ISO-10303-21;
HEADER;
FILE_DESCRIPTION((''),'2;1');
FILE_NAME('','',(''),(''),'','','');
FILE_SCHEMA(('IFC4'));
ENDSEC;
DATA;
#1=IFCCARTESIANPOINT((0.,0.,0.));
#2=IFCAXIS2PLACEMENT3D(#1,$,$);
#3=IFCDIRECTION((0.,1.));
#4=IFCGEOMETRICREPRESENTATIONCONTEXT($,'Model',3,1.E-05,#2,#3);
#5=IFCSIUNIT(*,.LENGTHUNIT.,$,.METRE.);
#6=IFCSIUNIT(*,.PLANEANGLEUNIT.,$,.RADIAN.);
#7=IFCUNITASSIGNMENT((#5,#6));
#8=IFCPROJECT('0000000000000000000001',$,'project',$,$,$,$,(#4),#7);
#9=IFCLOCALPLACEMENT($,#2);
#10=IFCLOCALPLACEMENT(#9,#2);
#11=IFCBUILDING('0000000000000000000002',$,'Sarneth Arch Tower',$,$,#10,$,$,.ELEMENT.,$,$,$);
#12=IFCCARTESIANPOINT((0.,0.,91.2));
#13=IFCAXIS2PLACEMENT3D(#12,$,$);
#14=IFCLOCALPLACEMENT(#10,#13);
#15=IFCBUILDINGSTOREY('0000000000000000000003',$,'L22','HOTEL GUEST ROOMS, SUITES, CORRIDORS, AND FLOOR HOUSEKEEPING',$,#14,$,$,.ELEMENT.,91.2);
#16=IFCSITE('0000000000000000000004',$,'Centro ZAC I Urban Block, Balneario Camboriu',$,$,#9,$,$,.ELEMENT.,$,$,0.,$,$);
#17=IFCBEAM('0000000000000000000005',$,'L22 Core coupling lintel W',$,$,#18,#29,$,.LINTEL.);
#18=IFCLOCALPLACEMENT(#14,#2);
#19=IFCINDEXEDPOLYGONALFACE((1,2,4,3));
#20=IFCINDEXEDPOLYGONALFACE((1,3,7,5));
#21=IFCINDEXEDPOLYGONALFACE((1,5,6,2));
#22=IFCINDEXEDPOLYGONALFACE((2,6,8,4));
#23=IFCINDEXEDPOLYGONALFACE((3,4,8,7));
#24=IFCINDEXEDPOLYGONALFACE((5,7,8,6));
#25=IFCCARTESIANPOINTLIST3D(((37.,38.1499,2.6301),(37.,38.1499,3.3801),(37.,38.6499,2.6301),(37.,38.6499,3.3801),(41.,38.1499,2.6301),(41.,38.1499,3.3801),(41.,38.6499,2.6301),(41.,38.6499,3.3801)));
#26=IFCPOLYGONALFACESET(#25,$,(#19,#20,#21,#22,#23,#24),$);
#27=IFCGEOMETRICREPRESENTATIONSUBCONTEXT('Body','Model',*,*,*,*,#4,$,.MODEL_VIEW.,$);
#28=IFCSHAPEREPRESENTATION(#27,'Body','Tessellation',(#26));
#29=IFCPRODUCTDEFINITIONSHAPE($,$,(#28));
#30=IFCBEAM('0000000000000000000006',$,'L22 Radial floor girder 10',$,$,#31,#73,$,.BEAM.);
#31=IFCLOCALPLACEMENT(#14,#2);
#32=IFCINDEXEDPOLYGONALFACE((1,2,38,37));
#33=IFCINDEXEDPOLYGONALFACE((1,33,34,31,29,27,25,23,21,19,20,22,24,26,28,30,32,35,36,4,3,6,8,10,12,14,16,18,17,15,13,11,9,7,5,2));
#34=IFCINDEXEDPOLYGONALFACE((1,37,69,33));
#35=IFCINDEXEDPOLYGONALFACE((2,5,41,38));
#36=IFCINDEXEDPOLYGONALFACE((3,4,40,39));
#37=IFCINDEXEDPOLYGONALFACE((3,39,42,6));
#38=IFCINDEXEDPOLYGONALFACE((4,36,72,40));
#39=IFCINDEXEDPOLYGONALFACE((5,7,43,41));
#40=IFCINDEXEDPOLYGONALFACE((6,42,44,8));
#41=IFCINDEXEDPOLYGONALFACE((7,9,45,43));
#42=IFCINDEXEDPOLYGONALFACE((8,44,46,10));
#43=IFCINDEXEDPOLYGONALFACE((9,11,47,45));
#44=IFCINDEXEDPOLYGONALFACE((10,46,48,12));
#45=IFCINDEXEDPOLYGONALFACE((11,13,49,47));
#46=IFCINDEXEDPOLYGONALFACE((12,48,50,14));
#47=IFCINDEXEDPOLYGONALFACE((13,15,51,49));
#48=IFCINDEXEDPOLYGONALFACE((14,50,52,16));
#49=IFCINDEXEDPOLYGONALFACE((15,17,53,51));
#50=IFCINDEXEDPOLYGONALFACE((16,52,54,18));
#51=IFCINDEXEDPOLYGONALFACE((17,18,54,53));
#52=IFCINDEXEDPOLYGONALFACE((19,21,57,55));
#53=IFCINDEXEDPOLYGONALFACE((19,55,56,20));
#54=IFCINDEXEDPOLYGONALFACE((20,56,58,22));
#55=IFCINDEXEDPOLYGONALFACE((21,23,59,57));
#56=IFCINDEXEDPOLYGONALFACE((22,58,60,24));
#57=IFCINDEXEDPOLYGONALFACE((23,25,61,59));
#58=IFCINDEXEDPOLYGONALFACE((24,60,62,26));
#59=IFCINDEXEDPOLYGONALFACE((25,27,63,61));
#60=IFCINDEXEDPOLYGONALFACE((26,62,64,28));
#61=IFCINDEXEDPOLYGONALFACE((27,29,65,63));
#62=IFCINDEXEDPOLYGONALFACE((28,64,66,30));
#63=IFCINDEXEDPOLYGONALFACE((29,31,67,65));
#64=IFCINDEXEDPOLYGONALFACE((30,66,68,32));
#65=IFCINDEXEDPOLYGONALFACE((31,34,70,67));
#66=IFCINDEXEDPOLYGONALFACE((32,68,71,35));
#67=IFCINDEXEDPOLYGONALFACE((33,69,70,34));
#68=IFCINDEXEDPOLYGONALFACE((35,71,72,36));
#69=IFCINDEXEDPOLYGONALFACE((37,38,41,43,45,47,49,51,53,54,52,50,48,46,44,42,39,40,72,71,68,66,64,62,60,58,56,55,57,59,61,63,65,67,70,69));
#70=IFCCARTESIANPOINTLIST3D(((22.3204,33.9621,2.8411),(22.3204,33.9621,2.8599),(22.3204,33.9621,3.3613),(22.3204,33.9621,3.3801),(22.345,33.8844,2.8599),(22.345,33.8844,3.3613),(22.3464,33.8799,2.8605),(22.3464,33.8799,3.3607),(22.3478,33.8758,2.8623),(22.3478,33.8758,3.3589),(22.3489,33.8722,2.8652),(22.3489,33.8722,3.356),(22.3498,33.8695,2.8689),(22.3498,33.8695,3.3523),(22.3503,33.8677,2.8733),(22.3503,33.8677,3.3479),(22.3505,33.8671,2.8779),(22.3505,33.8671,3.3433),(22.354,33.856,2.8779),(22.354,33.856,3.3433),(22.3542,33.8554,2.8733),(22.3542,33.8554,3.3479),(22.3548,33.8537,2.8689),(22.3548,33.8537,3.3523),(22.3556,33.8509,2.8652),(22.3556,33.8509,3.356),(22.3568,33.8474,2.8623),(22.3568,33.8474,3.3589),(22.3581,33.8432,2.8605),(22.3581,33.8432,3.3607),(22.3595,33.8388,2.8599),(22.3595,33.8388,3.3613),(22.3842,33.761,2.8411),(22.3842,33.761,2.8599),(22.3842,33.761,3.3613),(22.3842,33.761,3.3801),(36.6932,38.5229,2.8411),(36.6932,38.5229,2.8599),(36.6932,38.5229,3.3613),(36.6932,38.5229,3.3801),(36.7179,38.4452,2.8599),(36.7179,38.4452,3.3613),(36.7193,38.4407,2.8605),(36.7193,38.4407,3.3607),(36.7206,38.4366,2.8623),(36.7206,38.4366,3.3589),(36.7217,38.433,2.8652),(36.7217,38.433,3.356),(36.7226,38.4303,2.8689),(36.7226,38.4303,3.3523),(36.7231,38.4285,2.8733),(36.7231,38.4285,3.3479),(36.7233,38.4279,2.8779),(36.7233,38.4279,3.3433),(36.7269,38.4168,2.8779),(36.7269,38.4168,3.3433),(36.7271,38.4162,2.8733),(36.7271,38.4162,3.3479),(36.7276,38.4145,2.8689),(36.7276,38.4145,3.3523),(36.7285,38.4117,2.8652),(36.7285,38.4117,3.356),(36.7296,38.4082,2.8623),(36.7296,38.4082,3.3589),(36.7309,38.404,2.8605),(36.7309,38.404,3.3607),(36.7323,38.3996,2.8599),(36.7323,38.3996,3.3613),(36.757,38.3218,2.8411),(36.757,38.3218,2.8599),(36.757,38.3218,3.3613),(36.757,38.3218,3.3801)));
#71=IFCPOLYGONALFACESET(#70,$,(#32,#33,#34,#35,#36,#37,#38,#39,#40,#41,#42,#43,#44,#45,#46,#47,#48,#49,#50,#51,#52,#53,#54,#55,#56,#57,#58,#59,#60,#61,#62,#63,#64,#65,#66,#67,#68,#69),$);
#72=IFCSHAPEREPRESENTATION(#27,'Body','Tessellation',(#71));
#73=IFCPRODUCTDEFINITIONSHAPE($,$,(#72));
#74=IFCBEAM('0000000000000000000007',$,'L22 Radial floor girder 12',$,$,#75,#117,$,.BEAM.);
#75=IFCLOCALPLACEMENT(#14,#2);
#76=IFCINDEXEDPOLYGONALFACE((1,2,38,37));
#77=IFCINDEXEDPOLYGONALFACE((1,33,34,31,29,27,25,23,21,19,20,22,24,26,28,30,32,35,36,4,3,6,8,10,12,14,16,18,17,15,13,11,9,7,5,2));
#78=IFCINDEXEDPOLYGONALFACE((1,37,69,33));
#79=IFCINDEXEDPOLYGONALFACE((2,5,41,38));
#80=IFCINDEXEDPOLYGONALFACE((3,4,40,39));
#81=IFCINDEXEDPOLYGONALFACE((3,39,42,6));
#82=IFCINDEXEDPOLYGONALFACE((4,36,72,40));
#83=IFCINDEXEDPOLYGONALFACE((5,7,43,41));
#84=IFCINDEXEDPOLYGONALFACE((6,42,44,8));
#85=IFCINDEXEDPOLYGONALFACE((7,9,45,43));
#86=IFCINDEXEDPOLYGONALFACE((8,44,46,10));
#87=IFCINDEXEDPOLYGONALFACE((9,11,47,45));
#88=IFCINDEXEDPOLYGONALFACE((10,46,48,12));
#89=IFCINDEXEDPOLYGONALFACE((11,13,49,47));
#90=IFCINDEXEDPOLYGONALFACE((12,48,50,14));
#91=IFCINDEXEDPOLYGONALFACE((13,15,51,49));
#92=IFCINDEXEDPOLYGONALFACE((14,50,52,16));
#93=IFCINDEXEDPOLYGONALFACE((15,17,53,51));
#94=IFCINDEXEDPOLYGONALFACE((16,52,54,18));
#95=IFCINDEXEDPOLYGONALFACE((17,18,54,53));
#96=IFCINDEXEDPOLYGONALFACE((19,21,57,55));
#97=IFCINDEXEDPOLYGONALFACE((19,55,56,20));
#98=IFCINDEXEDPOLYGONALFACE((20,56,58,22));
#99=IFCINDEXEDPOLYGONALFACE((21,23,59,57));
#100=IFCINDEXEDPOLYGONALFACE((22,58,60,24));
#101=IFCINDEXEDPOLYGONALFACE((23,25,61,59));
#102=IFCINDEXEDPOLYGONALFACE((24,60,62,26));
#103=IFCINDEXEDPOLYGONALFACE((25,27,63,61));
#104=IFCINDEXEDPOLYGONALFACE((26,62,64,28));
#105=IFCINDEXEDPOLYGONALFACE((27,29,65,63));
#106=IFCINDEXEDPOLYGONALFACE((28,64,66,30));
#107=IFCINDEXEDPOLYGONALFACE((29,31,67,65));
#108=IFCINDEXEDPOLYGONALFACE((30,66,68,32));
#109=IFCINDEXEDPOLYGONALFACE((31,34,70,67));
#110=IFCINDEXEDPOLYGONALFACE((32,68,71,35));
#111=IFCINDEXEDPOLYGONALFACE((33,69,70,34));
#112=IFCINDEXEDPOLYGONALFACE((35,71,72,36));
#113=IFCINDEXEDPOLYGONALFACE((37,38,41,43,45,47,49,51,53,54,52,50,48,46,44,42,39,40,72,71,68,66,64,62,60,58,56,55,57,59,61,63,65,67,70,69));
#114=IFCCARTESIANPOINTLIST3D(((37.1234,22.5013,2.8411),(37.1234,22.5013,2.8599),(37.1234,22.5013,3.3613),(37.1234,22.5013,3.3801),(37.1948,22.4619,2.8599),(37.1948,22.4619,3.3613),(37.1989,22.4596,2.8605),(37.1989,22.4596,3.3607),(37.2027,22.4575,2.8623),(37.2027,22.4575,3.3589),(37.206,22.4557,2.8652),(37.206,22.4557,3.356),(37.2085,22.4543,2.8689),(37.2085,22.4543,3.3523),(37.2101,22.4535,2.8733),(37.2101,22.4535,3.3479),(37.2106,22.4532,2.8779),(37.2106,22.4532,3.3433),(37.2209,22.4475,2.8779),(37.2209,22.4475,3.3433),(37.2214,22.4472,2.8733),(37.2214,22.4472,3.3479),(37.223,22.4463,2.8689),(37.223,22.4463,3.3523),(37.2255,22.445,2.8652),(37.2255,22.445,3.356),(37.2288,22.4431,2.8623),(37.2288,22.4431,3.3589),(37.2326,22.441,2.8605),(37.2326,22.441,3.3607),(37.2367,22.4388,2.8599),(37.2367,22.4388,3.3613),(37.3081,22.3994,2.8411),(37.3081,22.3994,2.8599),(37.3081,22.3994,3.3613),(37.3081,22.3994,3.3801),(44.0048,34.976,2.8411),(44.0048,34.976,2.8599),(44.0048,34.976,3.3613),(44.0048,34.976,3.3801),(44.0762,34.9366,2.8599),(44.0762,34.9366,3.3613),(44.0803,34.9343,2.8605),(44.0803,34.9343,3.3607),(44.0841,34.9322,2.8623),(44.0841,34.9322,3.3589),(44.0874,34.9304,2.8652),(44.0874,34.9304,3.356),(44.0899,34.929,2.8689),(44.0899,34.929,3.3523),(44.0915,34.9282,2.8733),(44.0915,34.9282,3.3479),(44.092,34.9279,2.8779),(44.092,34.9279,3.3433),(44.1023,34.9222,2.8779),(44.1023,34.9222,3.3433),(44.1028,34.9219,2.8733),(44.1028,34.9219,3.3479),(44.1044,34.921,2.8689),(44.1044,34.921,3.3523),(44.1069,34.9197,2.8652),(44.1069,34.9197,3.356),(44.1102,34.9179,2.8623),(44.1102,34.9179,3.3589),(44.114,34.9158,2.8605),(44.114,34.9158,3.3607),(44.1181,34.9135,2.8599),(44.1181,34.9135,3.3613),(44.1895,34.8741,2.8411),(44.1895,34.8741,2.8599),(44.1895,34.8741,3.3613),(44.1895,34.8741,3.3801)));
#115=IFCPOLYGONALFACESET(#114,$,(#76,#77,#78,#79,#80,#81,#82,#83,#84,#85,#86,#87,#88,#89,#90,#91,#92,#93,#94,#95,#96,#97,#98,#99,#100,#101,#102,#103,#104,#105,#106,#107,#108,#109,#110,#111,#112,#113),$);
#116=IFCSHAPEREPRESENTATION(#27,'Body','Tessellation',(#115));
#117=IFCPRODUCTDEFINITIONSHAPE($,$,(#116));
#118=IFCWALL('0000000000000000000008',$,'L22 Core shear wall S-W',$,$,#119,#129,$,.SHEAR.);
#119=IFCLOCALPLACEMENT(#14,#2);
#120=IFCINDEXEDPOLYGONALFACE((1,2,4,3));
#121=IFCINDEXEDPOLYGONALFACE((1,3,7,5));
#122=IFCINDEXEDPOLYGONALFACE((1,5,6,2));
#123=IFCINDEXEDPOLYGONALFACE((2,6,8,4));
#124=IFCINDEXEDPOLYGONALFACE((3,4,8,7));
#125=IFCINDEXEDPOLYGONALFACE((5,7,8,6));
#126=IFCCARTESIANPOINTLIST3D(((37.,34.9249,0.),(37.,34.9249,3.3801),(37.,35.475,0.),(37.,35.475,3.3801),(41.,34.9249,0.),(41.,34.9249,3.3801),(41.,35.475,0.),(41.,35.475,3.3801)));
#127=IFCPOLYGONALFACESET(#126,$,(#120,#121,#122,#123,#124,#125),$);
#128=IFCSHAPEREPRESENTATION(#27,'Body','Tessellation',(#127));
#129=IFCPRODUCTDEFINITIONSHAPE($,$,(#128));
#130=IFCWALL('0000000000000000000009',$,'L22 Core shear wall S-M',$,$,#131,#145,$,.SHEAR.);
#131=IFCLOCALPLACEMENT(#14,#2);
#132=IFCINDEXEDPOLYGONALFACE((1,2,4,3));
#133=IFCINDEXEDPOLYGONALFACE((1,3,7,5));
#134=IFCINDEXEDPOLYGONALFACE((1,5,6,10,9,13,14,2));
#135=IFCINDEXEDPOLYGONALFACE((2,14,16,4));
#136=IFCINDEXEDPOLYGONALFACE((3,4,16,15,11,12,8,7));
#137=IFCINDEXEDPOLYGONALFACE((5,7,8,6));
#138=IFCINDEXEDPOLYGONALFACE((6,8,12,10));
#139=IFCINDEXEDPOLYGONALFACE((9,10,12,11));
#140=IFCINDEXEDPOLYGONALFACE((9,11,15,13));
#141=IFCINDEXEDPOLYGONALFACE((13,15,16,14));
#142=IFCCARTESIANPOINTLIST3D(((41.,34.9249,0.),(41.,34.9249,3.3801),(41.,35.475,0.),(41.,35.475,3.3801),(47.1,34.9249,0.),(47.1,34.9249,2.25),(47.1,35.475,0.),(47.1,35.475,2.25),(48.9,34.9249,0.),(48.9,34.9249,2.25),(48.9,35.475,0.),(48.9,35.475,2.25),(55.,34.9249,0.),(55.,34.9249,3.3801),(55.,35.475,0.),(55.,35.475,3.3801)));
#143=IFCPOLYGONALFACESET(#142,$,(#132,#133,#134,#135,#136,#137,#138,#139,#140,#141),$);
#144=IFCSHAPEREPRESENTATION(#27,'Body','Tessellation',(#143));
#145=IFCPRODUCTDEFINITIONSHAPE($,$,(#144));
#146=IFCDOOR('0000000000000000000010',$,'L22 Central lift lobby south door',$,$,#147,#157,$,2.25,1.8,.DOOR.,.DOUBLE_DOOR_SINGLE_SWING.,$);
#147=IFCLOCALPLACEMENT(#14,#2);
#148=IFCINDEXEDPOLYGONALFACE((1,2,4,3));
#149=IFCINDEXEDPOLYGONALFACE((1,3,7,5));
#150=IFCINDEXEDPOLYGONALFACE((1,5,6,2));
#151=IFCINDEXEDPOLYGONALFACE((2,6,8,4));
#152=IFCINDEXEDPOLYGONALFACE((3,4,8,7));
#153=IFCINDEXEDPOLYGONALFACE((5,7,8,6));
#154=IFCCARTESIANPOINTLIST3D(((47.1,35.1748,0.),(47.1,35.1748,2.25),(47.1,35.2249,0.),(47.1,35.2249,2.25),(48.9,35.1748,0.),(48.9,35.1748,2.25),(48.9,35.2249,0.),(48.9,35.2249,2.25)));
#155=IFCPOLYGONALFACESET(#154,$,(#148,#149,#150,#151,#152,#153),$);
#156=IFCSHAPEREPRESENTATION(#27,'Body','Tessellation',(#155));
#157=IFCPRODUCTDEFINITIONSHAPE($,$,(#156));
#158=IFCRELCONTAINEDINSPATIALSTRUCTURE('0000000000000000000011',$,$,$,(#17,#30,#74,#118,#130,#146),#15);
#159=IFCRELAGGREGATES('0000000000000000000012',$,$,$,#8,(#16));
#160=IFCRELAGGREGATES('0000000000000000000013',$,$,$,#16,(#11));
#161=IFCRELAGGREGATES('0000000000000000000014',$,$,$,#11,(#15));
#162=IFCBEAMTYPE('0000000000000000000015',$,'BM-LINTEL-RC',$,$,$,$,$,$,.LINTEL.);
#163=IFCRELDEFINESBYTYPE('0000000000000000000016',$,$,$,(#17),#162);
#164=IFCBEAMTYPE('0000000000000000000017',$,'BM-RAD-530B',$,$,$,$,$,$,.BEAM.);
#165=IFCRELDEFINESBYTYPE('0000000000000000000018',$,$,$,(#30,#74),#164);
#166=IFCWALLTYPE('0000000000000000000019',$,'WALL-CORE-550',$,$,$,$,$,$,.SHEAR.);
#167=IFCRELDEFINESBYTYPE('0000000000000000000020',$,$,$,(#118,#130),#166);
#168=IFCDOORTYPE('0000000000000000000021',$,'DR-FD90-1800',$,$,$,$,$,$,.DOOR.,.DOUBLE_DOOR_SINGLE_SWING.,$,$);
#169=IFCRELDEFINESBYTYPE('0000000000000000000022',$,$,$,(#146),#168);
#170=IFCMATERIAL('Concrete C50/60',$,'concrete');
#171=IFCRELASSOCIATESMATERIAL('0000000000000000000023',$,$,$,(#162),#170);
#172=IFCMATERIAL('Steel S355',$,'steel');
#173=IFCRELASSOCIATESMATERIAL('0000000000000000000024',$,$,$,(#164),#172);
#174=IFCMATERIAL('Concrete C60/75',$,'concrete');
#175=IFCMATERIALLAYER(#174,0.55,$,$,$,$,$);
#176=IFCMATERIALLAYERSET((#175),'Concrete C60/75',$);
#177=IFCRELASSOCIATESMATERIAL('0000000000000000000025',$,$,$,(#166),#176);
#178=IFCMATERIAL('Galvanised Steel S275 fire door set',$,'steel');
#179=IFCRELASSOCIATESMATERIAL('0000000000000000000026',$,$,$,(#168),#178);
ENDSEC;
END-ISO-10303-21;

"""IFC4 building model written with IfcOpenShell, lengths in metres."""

from ifc_helpers import new_model, si_unit, direction, frame, frame_2d, origin, origin_2d, place, context, subcontext, project, spatial, rectangle, i_section, extrude, material, layer, layer_set, material_profile, profile_set, type_object, element, fill, save


model = new_model("IFC4")

# Units and contexts
model_context = context("Model", 3, precision=1e-05, world=origin(), true_north=direction((0.0, 1.0)))
body_context = subcontext(model_context, "Body", "Model", "MODEL_VIEW")
ifc_project = project(units=[si_unit("LENGTHUNIT", "METRE"), si_unit("PLANEANGLEUNIT", "RADIAN")], contexts=[model_context])

# Site, building, storey
site_placement = place(None, origin())
site = spatial("IfcSite", under=ifc_project, at=site_placement, Name="Centro ZAC I Urban Block, Balneario Camboriu", CompositionType="ELEMENT", RefElevation=0.0)
building_placement = place(site_placement, origin())
building = spatial("IfcBuilding", under=site, at=building_placement, Name="Sarneth Arch Tower", CompositionType="ELEMENT")
storey_placement = place(building_placement, frame((0.0, 0.0, 91.2)))
storey = spatial("IfcBuildingStorey", under=building, at=storey_placement, Name="L22", Description="HOTEL GUEST ROOMS, SUITES, CORRIDORS, AND FLOOR HOUSEKEEPING", CompositionType="ELEMENT", Elevation=91.2)

# Beams
ifc_material_1 = material(Name="Concrete C50/60", Category="concrete")
ifc_material_profile_1 = material_profile(ifc_material_1, rectangle(XDim=0.5, YDim=0.75, at=origin_2d()), Name="RC-500x750")
ifc_profile_set_1 = profile_set([ifc_material_profile_1], Name="Concrete C50/60")
beam_type_1 = type_object("IfcBeamType", Name="BM-LINTEL-RC", PredefinedType="LINTEL", material=ifc_profile_set_1)
beam_1_placement = place(storey_placement, frame((37.0, 38.3999, 3.0051), z_axis=(1.0, 0.0, 0.0), x_axis=(0.0, 1.0, 0.0)))
element("IfcBeam", 1, at=beam_1_placement, inside=storey, type_object=beam_type_1, Name="L22 Core coupling lintel W", PredefinedType="LINTEL", context=body_context, shape_type="SweptSolid", body=[
    extrude(rectangle(XDim=0.5, YDim=0.75, at=origin_2d()), origin(), (0.0, 0.0, 1.0), 4.0),
])
ifc_material_2 = material(Name="Steel S355", Category="steel")
ifc_material_profile_2 = material_profile(ifc_material_2, i_section(OverallWidth=0.2109, OverallDepth=0.5391, WebThickness=0.0117, FlangeThickness=0.0188, FilletRadius=0.0181, at=origin_2d()), Name="W530x109")
ifc_profile_set_2 = profile_set([ifc_material_profile_2], Name="Steel S355")
beam_type_2 = type_object("IfcBeamType", Name="BM-RAD-530B", PredefinedType="BEAM", material=ifc_profile_set_2)
beam_2_placement = place(storey_placement, frame((36.7251, 38.4224, 3.1106), z_axis=(-0.953163, -0.302458, 0.0), x_axis=(0.302458, -0.953163, 0.0)))
element("IfcBeam", 2, at=beam_2_placement, inside=storey, type_object=beam_type_2, Name="L22 Radial floor girder 10", PredefinedType="BEAM", context=body_context, shape_type="SweptSolid", body=[
    extrude(i_section(OverallWidth=0.2109, OverallDepth=0.5391, WebThickness=0.0117, FlangeThickness=0.0188, FilletRadius=0.0181, at=origin_2d()), origin(), (0.0, 0.0, 1.0), 15.0791),
])
beam_3_placement = place(storey_placement, frame((44.0972, 34.925, 3.1106), z_axis=(-0.483013, -0.875613, 0.0), x_axis=(0.875613, -0.483013, 0.0)))
element("IfcBeam", 3, at=beam_3_placement, inside=storey, type_object=beam_type_2, Name="L22 Radial floor girder 12", PredefinedType="BEAM", context=body_context, shape_type="SweptSolid", body=[
    extrude(i_section(OverallWidth=0.2109, OverallDepth=0.5391, WebThickness=0.0117, FlangeThickness=0.0188, FilletRadius=0.0181, at=origin_2d()), origin(), (0.0, 0.0, 1.0), 14.2468),
])

# Wall
ifc_material_3 = material(Name="Concrete C60/75", Category="concrete")
ifc_layer_1 = layer(ifc_material_3, 0.55)
ifc_layer_set_1 = layer_set([ifc_layer_1], Name="Concrete C60/75")
wall_type_1 = type_object("IfcWallType", Name="WALL-CORE-550", PredefinedType="SHEAR", material=ifc_layer_set_1)
wall_1_placement = place(storey_placement, frame((37.0, 35.2, 0.0), z_axis=(0.0, 0.0, 1.0), x_axis=(1.0, 0.0, 0.0)))
element("IfcWall", 4, at=wall_1_placement, inside=storey, type_object=wall_type_1, Name="L22 Core shear wall S-W", PredefinedType="SHEAR", context=body_context, shape_type="SweptSolid", body=[
    extrude(rectangle(XDim=4.0, YDim=0.55, at=frame_2d((2.0, 0.0))), origin(), (0.0, 0.0, 1.0), 3.3801),
])

# Wall, opening, door
wall_2_placement = place(storey_placement, frame((41.0, 35.2, 0.0), z_axis=(0.0, 0.0, 1.0), x_axis=(1.0, 0.0, 0.0)))
wall_2 = element("IfcWall", 5, at=wall_2_placement, inside=storey, type_object=wall_type_1, Name="L22 Core shear wall S-M", PredefinedType="SHEAR", context=body_context, shape_type="SweptSolid", body=[
    extrude(rectangle(XDim=14.0, YDim=0.55, at=frame_2d((7.0, 0.0))), origin(), (0.0, 0.0, 1.0), 3.3801),
])
opening_1_placement = place(wall_2_placement, frame((6.1001, 0.0, 0.0)))
opening_1 = element("IfcOpeningElement", 6, at=opening_1_placement, cuts=wall_2, PredefinedType="OPENING", context=body_context, shape_type="SweptSolid", body=[
    extrude(rectangle(XDim=1.8, YDim=2.25, at=frame_2d((0.8999, 1.125))), frame((0.0, 0.2849, 0.0), z_axis=(0.0, -1.0, 0.0), x_axis=(1.0, 0.0, 0.0)), (0.0, 0.0, 1.0), 0.5701),
])
ifc_material_4 = material(Name="Galvanised Steel S275 fire door set", Category="steel")
door_type_1 = type_object("IfcDoorType", Name="DR-FD90-1800", OperationType="DOUBLE_DOOR_SINGLE_SWING", PredefinedType="DOOR", material=ifc_material_4)
door_1_placement = place(opening_1_placement, origin())
door_1 = element("IfcDoor", 7, at=door_1_placement, inside=storey, type_object=door_type_1, Name="L22 Central lift lobby south door", OperationType="DOUBLE_DOOR_SINGLE_SWING", OverallHeight=2.25, OverallWidth=1.8, PredefinedType="DOOR", context=body_context, shape_type="SweptSolid", body=[
    extrude(rectangle(XDim=1.8, YDim=2.25, at=frame_2d((0.8999, 1.125))), frame((0.0, 0.0249, 0.0), z_axis=(0.0, -1.0, 0.0), x_axis=(1.0, 0.0, 0.0)), (0.0, 0.0, 1.0), 0.05),
])
fill(opening_1, door_1)

save(model, "model.ifc")
